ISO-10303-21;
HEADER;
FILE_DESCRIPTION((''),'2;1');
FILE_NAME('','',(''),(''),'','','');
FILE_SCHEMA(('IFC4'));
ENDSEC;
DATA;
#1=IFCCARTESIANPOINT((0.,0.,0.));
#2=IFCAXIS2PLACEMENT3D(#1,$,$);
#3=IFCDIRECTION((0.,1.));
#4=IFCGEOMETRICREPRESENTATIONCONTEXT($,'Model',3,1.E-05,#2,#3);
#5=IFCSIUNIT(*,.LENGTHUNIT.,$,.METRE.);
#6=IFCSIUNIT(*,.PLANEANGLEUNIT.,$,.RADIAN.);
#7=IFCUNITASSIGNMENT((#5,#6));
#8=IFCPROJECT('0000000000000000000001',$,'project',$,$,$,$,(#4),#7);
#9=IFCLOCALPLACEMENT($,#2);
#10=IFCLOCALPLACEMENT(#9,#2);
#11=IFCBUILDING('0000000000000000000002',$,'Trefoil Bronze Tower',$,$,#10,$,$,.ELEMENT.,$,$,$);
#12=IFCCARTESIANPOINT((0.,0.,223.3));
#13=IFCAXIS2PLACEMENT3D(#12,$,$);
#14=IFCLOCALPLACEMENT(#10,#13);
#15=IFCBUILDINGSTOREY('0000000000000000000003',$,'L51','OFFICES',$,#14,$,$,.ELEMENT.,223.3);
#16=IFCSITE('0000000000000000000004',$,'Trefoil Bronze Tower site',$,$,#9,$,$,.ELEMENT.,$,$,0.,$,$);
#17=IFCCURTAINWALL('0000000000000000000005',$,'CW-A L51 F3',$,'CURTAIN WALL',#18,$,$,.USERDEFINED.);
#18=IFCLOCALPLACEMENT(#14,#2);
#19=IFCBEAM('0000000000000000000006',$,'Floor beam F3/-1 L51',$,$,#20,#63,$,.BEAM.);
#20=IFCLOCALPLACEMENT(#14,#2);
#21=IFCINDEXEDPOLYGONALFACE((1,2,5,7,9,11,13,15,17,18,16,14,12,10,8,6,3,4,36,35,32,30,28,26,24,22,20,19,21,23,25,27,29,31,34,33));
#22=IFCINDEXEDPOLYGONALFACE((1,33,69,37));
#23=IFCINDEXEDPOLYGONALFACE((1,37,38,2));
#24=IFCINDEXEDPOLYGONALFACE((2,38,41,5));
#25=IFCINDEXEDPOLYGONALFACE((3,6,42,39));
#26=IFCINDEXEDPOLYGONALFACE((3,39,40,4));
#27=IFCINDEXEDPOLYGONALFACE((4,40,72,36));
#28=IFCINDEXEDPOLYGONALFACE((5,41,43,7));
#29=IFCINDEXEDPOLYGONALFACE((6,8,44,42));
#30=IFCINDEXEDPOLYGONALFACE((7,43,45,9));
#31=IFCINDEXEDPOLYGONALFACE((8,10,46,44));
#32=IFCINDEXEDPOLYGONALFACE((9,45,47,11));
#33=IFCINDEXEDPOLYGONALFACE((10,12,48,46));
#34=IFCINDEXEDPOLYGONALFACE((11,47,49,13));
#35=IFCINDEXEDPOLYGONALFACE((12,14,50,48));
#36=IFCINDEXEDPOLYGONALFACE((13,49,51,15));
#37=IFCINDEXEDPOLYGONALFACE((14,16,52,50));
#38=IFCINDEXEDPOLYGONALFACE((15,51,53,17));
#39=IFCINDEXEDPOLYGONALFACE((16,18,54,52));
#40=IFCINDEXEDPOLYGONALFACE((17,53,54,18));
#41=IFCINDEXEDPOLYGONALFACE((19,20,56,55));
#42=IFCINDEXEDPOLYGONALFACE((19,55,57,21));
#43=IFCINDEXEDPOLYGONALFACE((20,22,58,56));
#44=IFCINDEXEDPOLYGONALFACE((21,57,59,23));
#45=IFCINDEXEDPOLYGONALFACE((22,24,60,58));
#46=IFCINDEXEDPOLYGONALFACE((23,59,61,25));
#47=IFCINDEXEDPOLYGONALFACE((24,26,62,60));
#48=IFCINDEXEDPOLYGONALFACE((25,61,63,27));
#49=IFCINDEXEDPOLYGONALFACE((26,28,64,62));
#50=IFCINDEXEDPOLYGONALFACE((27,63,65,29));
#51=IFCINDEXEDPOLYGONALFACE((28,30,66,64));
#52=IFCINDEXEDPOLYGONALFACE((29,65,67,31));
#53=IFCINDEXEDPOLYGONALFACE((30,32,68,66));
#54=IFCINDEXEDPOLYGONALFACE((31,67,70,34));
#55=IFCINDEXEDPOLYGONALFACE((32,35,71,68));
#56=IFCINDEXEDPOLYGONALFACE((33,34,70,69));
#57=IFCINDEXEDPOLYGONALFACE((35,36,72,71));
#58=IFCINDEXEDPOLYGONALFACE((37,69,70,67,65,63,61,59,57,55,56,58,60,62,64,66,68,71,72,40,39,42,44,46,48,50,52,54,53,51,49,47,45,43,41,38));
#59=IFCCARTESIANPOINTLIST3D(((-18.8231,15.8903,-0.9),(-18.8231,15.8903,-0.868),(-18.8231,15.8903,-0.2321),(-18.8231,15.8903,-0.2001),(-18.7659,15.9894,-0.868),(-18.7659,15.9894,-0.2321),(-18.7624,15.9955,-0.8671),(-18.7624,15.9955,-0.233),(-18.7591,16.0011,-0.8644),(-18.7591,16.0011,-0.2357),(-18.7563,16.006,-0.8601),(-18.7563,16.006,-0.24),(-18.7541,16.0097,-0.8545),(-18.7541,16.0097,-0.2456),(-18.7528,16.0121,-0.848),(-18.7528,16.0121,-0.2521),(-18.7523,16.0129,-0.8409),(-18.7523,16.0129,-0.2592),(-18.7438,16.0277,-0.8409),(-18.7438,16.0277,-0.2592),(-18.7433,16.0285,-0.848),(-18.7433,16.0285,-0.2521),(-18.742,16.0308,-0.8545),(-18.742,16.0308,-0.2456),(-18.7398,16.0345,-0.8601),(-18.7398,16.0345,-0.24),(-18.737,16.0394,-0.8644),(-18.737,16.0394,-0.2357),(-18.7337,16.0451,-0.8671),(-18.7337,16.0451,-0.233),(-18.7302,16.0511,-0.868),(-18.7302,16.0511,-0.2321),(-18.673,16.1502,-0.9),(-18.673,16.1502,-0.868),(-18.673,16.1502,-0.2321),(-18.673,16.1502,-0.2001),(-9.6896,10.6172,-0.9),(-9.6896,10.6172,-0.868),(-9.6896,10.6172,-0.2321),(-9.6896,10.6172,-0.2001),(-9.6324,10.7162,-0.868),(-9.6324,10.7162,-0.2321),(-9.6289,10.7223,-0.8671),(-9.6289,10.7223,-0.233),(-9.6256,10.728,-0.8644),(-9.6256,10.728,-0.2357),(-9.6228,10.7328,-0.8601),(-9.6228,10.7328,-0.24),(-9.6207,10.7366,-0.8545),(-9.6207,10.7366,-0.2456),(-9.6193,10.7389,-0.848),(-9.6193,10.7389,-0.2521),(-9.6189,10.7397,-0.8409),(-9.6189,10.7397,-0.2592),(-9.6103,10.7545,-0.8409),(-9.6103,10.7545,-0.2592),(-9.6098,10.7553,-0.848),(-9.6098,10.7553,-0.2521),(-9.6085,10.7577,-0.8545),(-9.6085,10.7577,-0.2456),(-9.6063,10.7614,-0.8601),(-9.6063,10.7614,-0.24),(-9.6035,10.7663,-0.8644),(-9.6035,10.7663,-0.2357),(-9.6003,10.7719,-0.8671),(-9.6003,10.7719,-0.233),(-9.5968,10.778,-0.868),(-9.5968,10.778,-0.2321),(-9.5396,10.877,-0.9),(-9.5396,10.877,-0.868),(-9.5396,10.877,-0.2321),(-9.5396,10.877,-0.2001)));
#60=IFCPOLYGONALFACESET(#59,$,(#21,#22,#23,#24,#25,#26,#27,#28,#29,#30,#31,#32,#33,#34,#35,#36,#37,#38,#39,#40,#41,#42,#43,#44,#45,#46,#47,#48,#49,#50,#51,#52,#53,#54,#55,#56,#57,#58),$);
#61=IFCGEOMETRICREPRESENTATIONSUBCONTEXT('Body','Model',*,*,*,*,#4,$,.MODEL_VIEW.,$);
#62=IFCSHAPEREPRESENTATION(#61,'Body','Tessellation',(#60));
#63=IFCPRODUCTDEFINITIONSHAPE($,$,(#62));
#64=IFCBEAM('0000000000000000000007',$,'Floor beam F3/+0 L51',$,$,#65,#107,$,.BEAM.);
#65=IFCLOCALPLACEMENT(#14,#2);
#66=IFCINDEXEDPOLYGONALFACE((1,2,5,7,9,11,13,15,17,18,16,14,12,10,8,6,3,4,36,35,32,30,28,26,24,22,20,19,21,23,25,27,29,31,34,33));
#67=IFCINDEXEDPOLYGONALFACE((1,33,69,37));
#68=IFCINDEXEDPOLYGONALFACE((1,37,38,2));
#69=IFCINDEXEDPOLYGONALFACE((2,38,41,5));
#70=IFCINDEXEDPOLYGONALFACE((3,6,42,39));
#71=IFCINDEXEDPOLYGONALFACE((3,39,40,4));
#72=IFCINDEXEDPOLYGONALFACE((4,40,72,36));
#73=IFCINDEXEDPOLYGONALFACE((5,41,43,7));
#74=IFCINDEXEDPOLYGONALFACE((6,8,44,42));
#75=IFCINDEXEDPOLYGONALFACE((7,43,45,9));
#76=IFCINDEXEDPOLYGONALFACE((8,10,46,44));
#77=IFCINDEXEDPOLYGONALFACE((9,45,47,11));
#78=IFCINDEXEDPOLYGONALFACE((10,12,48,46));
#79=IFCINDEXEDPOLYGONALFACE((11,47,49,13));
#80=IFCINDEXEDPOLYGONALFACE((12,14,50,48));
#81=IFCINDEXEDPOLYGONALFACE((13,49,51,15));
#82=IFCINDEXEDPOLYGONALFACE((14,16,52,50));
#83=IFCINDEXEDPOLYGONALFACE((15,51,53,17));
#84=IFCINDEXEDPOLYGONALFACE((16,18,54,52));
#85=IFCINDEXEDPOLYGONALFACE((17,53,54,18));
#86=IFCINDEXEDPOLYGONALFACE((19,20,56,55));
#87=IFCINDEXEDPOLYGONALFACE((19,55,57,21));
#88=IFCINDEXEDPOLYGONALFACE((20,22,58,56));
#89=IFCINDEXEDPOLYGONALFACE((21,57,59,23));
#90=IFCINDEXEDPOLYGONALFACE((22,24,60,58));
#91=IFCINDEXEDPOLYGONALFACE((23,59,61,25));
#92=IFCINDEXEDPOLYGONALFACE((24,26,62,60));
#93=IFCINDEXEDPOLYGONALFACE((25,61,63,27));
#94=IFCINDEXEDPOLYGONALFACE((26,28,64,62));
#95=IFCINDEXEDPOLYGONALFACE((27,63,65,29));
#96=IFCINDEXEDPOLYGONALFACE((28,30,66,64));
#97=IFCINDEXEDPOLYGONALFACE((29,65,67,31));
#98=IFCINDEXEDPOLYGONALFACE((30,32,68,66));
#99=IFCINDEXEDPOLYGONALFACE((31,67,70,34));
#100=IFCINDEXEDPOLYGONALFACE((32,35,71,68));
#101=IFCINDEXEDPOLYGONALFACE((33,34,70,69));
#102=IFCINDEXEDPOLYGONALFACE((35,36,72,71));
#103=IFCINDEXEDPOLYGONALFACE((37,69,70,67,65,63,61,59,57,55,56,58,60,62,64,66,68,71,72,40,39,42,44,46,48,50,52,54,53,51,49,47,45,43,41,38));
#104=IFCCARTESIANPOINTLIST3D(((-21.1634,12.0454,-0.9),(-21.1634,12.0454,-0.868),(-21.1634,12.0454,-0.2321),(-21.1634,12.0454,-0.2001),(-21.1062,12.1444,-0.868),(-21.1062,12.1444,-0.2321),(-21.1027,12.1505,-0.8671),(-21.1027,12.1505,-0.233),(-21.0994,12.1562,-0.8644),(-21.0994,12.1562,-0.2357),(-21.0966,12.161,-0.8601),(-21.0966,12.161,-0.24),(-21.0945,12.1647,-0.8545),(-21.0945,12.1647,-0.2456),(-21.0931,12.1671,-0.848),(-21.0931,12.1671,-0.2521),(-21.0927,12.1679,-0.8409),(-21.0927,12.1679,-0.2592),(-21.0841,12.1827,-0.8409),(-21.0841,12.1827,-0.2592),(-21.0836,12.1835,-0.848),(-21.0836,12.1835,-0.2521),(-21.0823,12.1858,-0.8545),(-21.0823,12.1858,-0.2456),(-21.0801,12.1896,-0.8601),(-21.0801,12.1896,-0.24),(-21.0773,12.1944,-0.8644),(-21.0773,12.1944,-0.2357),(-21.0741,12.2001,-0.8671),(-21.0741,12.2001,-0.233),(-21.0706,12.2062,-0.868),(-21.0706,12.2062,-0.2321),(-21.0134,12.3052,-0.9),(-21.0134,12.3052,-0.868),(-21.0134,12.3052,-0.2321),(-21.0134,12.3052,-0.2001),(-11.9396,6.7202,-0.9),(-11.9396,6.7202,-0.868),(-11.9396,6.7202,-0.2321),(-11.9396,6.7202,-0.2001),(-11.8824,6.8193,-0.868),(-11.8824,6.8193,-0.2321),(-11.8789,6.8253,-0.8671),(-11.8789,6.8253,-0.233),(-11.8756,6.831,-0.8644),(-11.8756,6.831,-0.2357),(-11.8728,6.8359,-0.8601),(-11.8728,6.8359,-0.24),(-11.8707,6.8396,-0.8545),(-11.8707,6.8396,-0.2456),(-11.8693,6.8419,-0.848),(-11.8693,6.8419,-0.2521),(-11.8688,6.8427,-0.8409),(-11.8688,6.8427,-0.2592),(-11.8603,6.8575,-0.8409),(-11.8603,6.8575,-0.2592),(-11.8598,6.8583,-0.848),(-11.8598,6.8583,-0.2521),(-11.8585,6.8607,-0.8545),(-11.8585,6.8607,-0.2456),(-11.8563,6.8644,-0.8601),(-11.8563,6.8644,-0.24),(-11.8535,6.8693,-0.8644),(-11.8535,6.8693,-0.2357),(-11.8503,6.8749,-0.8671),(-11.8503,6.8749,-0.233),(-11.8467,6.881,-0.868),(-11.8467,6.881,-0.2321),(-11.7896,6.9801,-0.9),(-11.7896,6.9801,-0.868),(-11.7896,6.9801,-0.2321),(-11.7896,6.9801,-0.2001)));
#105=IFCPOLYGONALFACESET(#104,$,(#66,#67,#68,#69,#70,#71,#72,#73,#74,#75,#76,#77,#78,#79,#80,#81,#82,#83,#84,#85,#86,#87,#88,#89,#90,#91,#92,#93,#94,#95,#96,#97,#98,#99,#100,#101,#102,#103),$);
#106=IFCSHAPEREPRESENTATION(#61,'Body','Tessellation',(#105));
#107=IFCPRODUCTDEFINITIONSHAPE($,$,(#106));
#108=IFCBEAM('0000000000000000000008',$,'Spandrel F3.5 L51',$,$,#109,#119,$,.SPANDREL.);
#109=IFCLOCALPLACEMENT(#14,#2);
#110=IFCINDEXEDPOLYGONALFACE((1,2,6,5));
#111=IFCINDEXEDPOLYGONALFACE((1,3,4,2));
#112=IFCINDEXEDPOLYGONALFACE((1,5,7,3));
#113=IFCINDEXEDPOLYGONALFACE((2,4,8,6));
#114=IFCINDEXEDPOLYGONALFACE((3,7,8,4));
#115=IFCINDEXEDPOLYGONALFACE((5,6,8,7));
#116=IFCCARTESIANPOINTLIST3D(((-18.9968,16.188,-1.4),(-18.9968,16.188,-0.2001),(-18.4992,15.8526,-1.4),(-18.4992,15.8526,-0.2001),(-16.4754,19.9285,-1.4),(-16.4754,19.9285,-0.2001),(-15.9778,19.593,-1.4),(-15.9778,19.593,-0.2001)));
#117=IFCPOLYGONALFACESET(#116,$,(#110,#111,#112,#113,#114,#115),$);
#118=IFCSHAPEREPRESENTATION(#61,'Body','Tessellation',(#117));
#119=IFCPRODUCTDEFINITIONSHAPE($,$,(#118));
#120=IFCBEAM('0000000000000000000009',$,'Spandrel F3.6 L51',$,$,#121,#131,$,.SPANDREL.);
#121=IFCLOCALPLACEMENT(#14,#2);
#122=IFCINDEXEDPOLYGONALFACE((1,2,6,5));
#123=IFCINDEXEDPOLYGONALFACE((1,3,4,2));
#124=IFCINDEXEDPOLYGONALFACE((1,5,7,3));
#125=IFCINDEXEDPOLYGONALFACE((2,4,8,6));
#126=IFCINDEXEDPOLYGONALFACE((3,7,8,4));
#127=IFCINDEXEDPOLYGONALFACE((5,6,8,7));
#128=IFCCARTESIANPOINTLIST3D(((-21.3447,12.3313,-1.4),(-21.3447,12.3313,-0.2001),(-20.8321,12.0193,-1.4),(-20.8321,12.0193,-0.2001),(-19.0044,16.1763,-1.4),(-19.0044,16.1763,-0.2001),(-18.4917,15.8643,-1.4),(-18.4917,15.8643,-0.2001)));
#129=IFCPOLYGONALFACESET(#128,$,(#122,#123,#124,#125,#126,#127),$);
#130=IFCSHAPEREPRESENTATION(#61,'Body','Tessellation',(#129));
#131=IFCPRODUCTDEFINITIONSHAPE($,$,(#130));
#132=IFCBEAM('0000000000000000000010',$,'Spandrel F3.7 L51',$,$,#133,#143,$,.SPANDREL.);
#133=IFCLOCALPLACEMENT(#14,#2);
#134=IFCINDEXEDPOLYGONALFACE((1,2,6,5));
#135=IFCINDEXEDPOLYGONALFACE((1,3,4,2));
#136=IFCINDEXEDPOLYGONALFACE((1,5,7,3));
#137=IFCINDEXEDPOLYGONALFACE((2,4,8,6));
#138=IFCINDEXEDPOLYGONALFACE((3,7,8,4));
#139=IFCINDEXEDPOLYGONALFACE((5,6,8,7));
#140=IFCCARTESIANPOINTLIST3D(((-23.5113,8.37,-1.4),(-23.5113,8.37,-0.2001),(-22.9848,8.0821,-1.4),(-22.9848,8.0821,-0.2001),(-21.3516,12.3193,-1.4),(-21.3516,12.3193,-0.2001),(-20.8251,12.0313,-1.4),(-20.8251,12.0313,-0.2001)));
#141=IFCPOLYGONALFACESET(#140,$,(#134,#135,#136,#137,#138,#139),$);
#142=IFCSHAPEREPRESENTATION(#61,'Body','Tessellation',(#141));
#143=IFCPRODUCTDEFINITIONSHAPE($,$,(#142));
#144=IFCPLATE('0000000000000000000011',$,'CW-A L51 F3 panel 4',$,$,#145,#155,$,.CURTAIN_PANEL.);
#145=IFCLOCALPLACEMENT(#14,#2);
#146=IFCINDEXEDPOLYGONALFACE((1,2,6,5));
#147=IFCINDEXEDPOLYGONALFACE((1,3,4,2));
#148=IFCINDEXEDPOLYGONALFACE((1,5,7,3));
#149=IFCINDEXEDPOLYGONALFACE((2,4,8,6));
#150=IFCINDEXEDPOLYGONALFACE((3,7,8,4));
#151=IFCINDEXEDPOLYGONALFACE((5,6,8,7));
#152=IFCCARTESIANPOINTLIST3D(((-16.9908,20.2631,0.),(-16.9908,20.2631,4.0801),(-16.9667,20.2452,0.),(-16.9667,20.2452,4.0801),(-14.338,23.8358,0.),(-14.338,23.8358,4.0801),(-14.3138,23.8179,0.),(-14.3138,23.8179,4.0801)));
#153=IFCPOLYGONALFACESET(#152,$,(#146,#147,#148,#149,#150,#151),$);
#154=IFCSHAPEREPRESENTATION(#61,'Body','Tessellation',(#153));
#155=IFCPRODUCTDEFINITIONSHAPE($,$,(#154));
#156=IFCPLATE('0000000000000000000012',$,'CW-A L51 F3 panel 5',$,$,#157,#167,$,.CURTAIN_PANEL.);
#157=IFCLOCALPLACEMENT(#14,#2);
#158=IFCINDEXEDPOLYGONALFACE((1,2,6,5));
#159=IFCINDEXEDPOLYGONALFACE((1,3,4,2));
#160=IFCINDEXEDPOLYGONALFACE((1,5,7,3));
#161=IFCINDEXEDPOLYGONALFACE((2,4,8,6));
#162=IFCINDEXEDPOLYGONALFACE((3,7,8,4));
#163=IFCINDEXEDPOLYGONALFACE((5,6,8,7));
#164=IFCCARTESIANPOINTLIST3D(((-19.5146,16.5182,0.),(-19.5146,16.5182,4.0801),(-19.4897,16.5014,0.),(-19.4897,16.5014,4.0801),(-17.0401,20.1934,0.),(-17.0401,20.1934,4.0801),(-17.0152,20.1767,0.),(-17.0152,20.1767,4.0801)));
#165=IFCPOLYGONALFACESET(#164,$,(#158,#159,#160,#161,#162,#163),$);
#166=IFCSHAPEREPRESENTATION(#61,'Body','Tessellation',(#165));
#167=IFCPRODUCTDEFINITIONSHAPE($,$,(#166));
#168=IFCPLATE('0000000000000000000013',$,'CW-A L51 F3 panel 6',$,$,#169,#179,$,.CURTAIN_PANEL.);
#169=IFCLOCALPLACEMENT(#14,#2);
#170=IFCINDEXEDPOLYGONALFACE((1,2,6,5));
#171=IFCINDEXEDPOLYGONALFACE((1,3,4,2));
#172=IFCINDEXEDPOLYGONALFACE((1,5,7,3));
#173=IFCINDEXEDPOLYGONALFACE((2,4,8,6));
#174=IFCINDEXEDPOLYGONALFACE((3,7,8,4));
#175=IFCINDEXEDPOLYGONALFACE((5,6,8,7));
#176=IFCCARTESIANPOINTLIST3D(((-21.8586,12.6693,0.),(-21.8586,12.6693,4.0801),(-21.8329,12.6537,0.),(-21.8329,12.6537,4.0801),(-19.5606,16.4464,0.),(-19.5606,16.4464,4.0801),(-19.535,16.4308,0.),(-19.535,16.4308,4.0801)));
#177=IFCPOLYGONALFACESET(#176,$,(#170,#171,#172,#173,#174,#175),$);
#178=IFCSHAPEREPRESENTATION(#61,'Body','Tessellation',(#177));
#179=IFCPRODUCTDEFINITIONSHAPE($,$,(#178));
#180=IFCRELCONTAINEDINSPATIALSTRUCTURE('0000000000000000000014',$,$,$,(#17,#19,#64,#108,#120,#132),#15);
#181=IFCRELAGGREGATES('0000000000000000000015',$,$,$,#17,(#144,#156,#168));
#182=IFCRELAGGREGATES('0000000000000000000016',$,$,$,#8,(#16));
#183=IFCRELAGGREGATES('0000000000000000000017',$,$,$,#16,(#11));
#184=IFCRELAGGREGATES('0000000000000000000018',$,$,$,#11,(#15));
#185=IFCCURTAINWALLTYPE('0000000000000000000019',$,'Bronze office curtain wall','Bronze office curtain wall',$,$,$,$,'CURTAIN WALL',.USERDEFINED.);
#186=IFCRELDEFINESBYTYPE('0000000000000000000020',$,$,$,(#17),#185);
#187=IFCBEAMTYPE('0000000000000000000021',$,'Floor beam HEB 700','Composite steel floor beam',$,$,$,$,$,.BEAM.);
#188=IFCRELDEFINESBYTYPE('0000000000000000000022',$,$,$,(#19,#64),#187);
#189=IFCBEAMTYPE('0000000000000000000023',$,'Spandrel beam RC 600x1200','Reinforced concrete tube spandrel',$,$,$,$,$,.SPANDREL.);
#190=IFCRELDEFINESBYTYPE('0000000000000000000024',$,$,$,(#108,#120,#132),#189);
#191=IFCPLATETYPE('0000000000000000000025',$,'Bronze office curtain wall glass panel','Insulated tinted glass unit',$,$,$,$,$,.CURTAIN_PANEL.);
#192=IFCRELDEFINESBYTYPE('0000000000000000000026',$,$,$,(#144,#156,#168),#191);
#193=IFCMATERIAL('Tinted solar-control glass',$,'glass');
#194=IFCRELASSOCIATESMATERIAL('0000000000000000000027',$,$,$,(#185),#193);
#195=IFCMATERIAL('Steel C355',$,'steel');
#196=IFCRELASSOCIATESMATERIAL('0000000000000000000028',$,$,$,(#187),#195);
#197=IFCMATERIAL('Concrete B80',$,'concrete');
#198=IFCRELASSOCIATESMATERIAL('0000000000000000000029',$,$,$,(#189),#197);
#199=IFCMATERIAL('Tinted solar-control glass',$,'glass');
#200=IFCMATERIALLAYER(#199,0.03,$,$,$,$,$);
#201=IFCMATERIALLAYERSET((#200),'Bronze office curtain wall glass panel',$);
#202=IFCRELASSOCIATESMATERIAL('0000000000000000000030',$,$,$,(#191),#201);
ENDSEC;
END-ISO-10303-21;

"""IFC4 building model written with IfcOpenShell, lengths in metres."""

from ifc_helpers import new_model, si_unit, direction, frame, origin, origin_2d, place, context, subcontext, project, spatial, rectangle, i_section, extrude, material, layer, layer_set, material_profile, profile_set, type_object, element, aggregate, save


model = new_model("IFC4")

# Units and contexts
model_context = context("Model", 3, precision=1e-05, world=origin(), true_north=direction((0.0, 1.0)))
body_context = subcontext(model_context, "Body", "Model", "MODEL_VIEW")
ifc_project = project(units=[si_unit("LENGTHUNIT", "METRE"), si_unit("PLANEANGLEUNIT", "RADIAN")], contexts=[model_context])

# Site, building, storey
site_placement = place(None, origin())
site = spatial("IfcSite", under=ifc_project, at=site_placement, Name="Trefoil Bronze Tower site", CompositionType="ELEMENT", RefElevation=0.0)
building_placement = place(site_placement, origin())
building = spatial("IfcBuilding", under=site, at=building_placement, Name="Trefoil Bronze Tower", CompositionType="ELEMENT")
storey_placement = place(building_placement, frame((0.0, 0.0, 223.3)))
storey = spatial("IfcBuildingStorey", under=building, at=storey_placement, Name="L51", Description="OFFICES", CompositionType="ELEMENT", Elevation=223.3)

# Curtain wall
ifc_material_1 = material(Name="Tinted solar-control glass", Category="glass")
curtain_wall_type = type_object("IfcCurtainWallType", Name="Bronze office curtain wall", Description="Bronze office curtain wall", ElementType="CURTAIN WALL", PredefinedType="USERDEFINED", material=ifc_material_1)
curtain_wall_placement = place(storey_placement, origin())
curtain_wall = element("IfcCurtainWall", 1, at=curtain_wall_placement, inside=storey, type_object=curtain_wall_type, Name="CW-A L51 F3", ObjectType="CURTAIN WALL", PredefinedType="USERDEFINED")

# Beams
ifc_material_2 = material(Name="Steel C355", Category="steel")
ifc_material_profile_1 = material_profile(ifc_material_2, i_section(OverallWidth=0.3, OverallDepth=0.7, WebThickness=0.0171, FlangeThickness=0.032, FilletRadius=0.0271, at=origin_2d()), Name="HEB 700")
ifc_profile_set_1 = profile_set([ifc_material_profile_1], Name="Steel C355")
beam_type_1 = type_object("IfcBeamType", Name="Floor beam HEB 700", Description="Composite steel floor beam", PredefinedType="BEAM", material=ifc_profile_set_1)
beam_1_placement = place(storey_placement, frame((-18.748, 16.0203, -0.55), z_axis=(0.866028, -0.499996, 0.0), x_axis=(0.499996, 0.866028, 0.0)))
element("IfcBeam", 2, at=beam_1_placement, inside=storey, type_object=beam_type_1, Name="Floor beam F3/-1 L51", PredefinedType="BEAM", context=body_context, shape_type="SweptSolid", body=[
    extrude(i_section(OverallWidth=0.3, OverallDepth=0.7, WebThickness=0.0171, FlangeThickness=0.032, FilletRadius=0.0271, at=origin_2d()), origin(), (0.0, 0.0, 1.0), 10.5464),
])
beam_2_placement = place(storey_placement, frame((-21.0884, 12.1753, -0.55), z_axis=(0.866034, -0.499985, 0.0), x_axis=(0.499985, 0.866034, 0.0)))
element("IfcBeam", 3, at=beam_2_placement, inside=storey, type_object=beam_type_1, Name="Floor beam F3/+0 L51", PredefinedType="BEAM", context=body_context, shape_type="SweptSolid", body=[
    extrude(i_section(OverallWidth=0.3, OverallDepth=0.7, WebThickness=0.0171, FlangeThickness=0.032, FilletRadius=0.0271, at=origin_2d()), origin(), (0.0, 0.0, 1.0), 10.6506),
])
ifc_material_3 = material(Name="Concrete B80", Category="concrete")
ifc_material_profile_2 = material_profile(ifc_material_3, rectangle(XDim=0.6001, YDim=1.2, at=origin_2d()), Name="RC 600x1200")
ifc_profile_set_2 = profile_set([ifc_material_profile_2], Name="Concrete B80")
beam_type_2 = type_object("IfcBeamType", Name="Spandrel beam RC 600x1200", Description="Reinforced concrete tube spandrel", PredefinedType="SPANDREL", material=ifc_profile_set_2)
beam_3_placement = place(storey_placement, frame((-16.2266, 19.7607, -0.8), z_axis=(-0.558964, -0.829192, 0.0), x_axis=(0.829192, -0.558964, 0.0)))
element("IfcBeam", 4, at=beam_3_placement, inside=storey, type_object=beam_type_2, Name="Spandrel F3.5 L51", PredefinedType="SPANDREL", context=body_context, shape_type="SweptSolid", body=[
    extrude(rectangle(XDim=0.6001, YDim=1.2, at=origin_2d()), origin(), (0.0, 0.0, 1.0), 4.511),
])
for number, where, z_axis, x_axis, name in (
    (5, (-18.748, 16.0203, -0.8), (-0.519933, -0.854207, 0.0), (0.854207, -0.519933, 0.0), "Spandrel F3.6 L51"),
    (6, (-21.0884, 12.1753, -0.8), (-0.479802, -0.877377, 0.0), (0.877377, -0.479802, 0.0), "Spandrel F3.7 L51"),
):
    element("IfcBeam", number, at=place(storey_placement, frame(where, z_axis=z_axis, x_axis=x_axis)), inside=storey, type_object=beam_type_2, Name=name, PredefinedType="SPANDREL", context=body_context, shape_type="SweptSolid", body=[
        extrude(rectangle(XDim=0.6001, YDim=1.2, at=origin_2d()), origin(), (0.0, 0.0, 1.0), 4.5012),
    ])

# Plates
ifc_material_4 = material(Name="Tinted solar-control glass", Category="glass")
ifc_layer_1 = layer(ifc_material_4, 0.03)
ifc_layer_set_1 = layer_set([ifc_layer_1], Name="Bronze office curtain wall glass panel")
plate_type = type_object("IfcPlateType", Name="Bronze office curtain wall glass panel", Description="Insulated tinted glass unit", PredefinedType="CURTAIN_PANEL", material=ifc_layer_set_1)
plate_1_placement = place(storey_placement, frame((-15.6523, 22.0405, 0.0), z_axis=(0.0, 0.0, 1.0), x_axis=(-0.596162, -0.802865, 0.0)))
plate_1 = element("IfcPlate", 7, at=plate_1_placement, type_object=plate_type, Name="CW-A L51 F3 panel 4", PredefinedType="CURTAIN_PANEL", context=body_context, shape_type="SweptSolid", body=[
    extrude(rectangle(XDim=4.45, YDim=0.03, at=origin_2d()), origin(), (0.0, 0.0, 1.0), 4.0801),
])
plate_2_placement = place(storey_placement, frame((-18.2649, 18.3474, 0.0), z_axis=(0.0, 0.0, 1.0), x_axis=(-0.558493, -0.829509, 0.0)))
plate_2 = element("IfcPlate", 8, at=plate_2_placement, type_object=plate_type, Name="CW-A L51 F3 panel 5", PredefinedType="CURTAIN_PANEL", context=body_context, shape_type="SweptSolid", body=[
    extrude(rectangle(XDim=4.4307, YDim=0.03, at=origin_2d()), origin(), (0.0, 0.0, 1.0), 4.0801),
])
plate_3_placement = place(storey_placement, frame((-20.6968, 14.55, 0.0), z_axis=(0.0, 0.0, 1.0), x_axis=(-0.519762, -0.854311, 0.0)))
plate_3 = element("IfcPlate", 9, at=plate_3_placement, type_object=plate_type, Name="CW-A L51 F3 panel 6", PredefinedType="CURTAIN_PANEL", context=body_context, shape_type="SweptSolid", body=[
    extrude(rectangle(XDim=4.4211, YDim=0.03, at=origin_2d()), origin(), (0.0, 0.0, 1.0), 4.0801),
])
aggregate(curtain_wall, [plate_1, plate_2, plate_3])

save(model, "model.ifc")
